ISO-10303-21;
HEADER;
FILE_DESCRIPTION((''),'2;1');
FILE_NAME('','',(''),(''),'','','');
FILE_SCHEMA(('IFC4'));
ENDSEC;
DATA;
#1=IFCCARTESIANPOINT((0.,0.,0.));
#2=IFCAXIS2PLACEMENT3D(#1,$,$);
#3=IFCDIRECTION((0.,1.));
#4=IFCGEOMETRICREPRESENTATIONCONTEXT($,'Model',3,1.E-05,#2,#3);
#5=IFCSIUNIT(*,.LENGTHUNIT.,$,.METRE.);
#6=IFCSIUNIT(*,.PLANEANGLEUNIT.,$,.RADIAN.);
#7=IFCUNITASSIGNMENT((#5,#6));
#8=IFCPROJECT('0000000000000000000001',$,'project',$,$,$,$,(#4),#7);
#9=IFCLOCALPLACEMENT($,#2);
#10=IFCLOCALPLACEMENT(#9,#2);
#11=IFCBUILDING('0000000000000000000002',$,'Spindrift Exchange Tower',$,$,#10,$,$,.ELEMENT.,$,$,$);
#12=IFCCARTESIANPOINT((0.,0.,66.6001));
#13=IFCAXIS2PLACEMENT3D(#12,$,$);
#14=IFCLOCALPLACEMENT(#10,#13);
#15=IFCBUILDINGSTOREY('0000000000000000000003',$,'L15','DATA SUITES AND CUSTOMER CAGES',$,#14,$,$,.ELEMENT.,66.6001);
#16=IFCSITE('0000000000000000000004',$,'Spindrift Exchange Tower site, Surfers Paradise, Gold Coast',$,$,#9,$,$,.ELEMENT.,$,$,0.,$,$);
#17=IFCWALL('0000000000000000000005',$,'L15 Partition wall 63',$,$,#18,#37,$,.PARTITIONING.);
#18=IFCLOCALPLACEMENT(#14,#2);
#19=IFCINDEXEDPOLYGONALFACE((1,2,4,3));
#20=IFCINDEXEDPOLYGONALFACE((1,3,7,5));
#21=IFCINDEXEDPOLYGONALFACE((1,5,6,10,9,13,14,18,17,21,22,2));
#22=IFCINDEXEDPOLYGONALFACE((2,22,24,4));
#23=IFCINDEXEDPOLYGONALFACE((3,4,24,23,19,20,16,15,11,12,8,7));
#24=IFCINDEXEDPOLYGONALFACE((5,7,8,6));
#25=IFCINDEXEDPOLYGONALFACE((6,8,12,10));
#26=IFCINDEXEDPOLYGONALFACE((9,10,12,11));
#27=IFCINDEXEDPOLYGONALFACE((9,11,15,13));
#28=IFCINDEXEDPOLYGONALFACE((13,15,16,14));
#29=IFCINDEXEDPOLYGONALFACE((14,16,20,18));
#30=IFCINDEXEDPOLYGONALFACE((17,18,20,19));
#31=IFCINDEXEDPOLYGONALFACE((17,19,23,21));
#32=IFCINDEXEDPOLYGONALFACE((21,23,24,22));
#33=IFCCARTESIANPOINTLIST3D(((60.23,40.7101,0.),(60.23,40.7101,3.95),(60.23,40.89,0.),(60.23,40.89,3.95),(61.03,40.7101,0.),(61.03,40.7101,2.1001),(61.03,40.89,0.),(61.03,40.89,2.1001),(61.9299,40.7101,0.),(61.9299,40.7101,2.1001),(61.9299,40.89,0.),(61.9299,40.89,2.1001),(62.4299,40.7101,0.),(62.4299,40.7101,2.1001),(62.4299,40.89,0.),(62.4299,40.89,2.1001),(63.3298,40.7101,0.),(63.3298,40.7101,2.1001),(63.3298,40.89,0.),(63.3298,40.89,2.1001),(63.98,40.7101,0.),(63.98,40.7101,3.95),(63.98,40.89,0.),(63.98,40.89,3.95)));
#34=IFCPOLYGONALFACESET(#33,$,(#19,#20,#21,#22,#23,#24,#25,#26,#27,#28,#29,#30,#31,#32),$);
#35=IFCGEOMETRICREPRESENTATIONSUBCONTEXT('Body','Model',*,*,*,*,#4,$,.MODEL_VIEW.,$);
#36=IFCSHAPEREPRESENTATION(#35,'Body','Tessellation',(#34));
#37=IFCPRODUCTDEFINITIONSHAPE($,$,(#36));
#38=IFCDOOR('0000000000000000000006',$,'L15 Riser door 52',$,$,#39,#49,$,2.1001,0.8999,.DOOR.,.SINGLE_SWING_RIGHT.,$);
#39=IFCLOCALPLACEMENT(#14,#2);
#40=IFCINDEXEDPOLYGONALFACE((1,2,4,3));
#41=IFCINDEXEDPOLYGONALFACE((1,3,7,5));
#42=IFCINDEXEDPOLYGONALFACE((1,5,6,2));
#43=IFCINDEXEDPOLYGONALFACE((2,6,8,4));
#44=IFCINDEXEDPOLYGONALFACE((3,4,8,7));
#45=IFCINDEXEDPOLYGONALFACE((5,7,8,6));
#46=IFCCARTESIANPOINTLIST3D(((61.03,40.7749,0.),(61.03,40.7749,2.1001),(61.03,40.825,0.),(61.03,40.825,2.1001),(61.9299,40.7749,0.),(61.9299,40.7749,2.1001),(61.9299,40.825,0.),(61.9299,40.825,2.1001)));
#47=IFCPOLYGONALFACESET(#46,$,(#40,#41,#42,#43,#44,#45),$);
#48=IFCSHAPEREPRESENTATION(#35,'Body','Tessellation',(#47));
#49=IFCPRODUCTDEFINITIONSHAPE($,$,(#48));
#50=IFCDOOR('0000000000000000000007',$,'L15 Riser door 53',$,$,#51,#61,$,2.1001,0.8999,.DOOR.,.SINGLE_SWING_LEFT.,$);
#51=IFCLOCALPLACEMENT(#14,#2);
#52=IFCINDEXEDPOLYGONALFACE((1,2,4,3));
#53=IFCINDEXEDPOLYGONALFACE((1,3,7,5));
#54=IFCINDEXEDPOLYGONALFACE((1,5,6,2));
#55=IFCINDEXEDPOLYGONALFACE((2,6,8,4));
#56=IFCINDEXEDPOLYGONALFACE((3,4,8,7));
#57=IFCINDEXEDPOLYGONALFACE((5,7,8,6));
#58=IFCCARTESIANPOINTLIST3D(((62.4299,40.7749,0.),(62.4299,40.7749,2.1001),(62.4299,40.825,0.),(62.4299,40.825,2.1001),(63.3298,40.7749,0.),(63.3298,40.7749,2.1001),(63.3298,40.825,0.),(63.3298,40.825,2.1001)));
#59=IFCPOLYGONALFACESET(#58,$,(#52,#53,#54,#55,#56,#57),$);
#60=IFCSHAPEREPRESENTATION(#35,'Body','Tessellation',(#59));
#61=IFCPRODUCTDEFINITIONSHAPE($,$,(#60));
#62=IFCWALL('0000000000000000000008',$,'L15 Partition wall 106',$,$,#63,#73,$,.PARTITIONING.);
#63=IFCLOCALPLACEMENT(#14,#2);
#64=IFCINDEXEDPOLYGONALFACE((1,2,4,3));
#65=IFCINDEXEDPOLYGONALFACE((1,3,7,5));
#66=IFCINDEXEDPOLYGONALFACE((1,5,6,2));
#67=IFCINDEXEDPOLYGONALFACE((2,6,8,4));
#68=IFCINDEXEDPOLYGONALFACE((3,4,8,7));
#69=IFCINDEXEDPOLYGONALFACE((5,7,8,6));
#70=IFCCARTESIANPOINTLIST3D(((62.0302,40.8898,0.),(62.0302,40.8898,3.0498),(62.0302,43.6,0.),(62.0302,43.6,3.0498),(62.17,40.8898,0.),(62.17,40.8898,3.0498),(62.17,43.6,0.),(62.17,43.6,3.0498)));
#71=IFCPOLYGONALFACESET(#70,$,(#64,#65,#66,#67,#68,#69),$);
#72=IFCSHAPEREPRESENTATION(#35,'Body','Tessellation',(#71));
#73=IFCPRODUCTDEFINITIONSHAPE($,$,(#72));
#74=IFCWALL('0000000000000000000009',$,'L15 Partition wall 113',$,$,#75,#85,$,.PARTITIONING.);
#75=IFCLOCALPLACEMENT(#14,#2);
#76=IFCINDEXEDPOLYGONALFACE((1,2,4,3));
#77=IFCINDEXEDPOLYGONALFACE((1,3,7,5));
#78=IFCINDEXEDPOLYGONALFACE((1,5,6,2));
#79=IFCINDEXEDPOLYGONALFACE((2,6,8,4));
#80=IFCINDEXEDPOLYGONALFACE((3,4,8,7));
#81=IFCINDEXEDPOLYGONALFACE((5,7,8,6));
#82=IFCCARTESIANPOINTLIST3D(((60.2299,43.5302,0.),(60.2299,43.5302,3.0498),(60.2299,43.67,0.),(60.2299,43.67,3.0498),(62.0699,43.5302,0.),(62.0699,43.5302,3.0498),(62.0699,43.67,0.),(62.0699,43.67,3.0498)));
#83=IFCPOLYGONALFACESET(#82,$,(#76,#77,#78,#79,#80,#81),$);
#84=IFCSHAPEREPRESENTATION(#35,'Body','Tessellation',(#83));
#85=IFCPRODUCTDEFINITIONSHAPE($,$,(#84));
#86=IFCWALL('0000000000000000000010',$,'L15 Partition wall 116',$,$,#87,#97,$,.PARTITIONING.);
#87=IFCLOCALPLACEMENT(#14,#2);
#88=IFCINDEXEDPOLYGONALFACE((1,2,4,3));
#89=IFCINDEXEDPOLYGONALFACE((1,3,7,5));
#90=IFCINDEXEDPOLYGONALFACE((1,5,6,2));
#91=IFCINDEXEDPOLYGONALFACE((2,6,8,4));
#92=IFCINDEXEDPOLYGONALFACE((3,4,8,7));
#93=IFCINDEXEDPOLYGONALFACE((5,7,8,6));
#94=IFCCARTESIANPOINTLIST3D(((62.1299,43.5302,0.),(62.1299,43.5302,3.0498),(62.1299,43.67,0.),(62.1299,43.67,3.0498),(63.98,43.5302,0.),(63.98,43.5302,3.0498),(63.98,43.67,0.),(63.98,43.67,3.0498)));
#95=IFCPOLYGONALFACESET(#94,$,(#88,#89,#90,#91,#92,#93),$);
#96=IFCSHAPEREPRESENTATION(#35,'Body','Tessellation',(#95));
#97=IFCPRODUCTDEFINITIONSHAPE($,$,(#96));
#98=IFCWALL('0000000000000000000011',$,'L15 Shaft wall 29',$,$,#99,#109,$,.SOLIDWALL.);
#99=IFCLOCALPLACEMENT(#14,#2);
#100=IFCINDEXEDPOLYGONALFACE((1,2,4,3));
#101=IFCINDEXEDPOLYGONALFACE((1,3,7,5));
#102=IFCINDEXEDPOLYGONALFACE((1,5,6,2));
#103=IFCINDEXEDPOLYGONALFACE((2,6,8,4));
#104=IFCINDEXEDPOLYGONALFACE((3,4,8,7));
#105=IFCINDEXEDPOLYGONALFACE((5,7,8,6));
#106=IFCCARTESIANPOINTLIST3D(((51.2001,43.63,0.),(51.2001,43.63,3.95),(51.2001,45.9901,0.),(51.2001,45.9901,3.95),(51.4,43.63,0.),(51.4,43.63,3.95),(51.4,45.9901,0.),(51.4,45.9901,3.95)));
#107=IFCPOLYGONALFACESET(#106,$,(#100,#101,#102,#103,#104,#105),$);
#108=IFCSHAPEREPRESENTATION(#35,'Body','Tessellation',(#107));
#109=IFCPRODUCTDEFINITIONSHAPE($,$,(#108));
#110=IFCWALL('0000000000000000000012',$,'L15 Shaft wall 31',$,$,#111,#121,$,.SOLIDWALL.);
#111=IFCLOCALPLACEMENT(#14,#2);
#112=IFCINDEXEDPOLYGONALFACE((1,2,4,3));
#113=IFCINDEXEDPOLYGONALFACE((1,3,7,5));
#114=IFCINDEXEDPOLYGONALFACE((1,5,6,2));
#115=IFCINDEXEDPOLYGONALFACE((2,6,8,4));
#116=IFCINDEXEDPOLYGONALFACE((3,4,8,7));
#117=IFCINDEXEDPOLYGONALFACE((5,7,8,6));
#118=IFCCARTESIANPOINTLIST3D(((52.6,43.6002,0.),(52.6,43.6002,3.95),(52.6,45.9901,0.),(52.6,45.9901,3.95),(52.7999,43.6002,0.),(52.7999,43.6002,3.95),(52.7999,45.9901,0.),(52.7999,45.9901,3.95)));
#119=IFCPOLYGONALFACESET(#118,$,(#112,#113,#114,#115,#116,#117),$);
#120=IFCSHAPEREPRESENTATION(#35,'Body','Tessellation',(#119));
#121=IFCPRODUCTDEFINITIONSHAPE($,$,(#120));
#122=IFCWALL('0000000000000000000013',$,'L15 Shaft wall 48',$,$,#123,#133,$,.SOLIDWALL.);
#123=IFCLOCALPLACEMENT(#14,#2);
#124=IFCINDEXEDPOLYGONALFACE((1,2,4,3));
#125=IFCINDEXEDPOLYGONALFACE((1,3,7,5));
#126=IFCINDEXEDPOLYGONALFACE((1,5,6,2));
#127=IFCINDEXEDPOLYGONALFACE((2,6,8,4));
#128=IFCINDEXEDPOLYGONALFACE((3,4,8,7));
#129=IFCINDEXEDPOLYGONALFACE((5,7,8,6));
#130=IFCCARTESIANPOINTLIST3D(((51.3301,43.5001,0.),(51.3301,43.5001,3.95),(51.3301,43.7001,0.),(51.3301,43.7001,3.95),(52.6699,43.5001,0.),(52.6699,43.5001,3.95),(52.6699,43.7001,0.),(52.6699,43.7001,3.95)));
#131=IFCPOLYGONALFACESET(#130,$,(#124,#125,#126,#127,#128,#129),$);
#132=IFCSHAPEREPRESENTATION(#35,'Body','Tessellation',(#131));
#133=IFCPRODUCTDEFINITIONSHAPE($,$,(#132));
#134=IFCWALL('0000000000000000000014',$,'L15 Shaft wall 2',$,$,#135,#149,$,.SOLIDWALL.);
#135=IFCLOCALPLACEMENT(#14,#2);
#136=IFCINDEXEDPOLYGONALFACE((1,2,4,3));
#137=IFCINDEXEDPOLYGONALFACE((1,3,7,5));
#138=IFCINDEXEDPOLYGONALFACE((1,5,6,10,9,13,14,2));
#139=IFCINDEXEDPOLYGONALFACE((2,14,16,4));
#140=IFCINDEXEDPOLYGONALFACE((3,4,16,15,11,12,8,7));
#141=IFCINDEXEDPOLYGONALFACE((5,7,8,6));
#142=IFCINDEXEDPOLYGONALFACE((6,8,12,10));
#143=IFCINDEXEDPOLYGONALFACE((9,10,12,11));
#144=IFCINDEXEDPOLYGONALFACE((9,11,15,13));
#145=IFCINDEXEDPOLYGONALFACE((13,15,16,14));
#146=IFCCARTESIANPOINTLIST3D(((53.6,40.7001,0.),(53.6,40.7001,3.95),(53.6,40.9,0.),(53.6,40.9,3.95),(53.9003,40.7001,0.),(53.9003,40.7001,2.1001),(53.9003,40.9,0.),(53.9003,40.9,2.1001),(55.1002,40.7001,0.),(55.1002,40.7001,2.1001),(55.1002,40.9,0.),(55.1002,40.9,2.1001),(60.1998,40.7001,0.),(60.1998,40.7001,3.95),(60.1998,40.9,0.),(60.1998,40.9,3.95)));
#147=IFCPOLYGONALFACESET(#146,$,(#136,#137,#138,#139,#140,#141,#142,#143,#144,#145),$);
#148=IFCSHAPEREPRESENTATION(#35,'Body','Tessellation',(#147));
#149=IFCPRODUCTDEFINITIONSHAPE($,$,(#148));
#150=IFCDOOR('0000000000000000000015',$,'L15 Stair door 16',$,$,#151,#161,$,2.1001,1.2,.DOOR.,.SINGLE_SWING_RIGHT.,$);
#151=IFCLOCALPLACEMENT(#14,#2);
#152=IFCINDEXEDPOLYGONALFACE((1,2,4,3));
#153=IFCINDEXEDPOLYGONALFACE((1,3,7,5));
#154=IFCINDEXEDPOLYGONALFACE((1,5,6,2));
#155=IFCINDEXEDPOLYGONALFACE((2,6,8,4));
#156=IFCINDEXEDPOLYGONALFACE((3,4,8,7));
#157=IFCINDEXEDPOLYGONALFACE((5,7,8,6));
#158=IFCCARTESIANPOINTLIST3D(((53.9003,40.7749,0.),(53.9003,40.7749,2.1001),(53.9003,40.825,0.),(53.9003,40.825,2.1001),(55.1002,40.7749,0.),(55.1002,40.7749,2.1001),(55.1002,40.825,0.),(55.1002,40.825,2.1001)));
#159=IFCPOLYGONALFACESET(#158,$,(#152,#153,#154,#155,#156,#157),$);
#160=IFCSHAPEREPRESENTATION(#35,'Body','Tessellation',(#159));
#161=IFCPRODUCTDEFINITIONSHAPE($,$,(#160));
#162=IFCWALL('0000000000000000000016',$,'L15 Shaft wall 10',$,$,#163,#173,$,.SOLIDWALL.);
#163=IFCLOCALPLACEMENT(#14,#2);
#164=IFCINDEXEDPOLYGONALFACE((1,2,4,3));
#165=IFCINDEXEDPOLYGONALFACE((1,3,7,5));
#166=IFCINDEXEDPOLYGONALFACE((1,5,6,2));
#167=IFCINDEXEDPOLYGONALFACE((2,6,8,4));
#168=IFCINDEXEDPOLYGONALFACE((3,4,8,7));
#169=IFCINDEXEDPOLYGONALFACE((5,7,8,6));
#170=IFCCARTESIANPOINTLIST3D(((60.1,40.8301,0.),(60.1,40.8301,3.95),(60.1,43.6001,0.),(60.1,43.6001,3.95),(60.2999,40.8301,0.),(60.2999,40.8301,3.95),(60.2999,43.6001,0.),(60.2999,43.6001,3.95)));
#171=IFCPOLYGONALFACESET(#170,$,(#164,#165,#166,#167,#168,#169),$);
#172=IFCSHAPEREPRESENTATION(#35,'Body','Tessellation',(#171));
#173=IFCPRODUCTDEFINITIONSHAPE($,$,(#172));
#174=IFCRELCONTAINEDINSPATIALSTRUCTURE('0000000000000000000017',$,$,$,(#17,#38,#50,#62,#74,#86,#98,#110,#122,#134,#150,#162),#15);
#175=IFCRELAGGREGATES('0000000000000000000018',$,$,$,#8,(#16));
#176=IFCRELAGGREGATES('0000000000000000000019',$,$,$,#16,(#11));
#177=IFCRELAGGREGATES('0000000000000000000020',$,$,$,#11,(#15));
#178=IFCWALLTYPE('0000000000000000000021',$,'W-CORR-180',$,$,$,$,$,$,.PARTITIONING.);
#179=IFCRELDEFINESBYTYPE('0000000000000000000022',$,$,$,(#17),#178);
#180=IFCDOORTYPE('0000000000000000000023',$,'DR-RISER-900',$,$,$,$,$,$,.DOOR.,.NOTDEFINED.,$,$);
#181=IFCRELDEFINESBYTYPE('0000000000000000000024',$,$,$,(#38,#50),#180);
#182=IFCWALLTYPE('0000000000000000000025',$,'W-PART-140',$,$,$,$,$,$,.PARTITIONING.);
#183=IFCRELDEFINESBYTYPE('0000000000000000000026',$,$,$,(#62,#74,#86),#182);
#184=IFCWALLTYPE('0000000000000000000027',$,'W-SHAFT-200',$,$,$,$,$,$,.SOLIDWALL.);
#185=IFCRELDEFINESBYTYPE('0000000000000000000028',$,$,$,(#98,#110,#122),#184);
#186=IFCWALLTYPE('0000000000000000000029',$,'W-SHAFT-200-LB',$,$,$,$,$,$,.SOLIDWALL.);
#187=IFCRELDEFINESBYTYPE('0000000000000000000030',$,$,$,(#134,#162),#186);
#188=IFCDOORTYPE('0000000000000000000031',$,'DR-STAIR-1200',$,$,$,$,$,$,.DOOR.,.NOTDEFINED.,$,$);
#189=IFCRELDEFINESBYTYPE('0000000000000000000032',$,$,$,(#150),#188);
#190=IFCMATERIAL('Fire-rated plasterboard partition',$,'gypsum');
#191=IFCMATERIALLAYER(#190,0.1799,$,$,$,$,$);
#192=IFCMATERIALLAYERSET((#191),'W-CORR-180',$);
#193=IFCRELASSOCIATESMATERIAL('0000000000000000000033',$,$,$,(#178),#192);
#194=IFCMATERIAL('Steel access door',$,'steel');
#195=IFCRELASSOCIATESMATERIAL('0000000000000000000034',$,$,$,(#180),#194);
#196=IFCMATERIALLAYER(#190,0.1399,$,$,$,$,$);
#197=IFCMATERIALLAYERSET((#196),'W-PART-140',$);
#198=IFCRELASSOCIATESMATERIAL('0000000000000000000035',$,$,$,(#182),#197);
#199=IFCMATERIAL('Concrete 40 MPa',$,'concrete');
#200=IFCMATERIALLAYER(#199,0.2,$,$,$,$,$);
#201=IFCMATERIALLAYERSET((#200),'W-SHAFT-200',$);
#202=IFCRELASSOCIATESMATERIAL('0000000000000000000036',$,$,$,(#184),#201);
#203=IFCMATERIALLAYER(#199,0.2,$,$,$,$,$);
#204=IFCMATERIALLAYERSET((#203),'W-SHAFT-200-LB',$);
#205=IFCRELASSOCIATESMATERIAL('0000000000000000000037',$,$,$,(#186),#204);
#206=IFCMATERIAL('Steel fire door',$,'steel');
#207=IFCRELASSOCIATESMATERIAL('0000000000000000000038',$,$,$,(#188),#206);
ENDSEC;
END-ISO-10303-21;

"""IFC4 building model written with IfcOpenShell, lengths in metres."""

from ifc_helpers import new_model, si_unit, direction, frame, frame_2d, origin, place, context, subcontext, project, spatial, rectangle, extrude, source, transform, mapped, material, layer, layer_set, type_object, element, fill, save


model = new_model("IFC4")

# Units and contexts
model_context = context("Model", 3, precision=1e-05, world=origin(), true_north=direction((0.0, 1.0)))
body_context = subcontext(model_context, "Body", "Model", "MODEL_VIEW")
ifc_project = project(units=[si_unit("LENGTHUNIT", "METRE"), si_unit("PLANEANGLEUNIT", "RADIAN")], contexts=[model_context])

# Site, building, storey
site_placement = place(None, origin())
site = spatial("IfcSite", under=ifc_project, at=site_placement, Name="Spindrift Exchange Tower site, Surfers Paradise, Gold Coast", CompositionType="ELEMENT", RefElevation=0.0)
building_placement = place(site_placement, origin())
building = spatial("IfcBuilding", under=site, at=building_placement, Name="Spindrift Exchange Tower", CompositionType="ELEMENT")
storey_placement = place(building_placement, frame((0.0, 0.0, 66.6001)))
storey = spatial("IfcBuildingStorey", under=building, at=storey_placement, Name="L15", Description="DATA SUITES AND CUSTOMER CAGES", CompositionType="ELEMENT", Elevation=66.6001)

# Wall, openings, doors
ifc_material_1 = material(Name="Fire-rated plasterboard partition", Category="gypsum")
ifc_layer_1 = layer(ifc_material_1, 0.1799)
ifc_layer_set_1 = layer_set([ifc_layer_1], Name="W-CORR-180")
wall_type_1 = type_object("IfcWallType", Name="W-CORR-180", PredefinedType="PARTITIONING", material=ifc_layer_set_1)
wall_1_placement = place(storey_placement, frame((60.23, 40.8, 0.0), z_axis=(0.0, 0.0, 1.0), x_axis=(1.0, 0.0, 0.0)))
wall_1 = element("IfcWall", 1, at=wall_1_placement, inside=storey, type_object=wall_type_1, Name="L15 Partition wall 63", PredefinedType="PARTITIONING", context=body_context, shape_type="SweptSolid", body=[
    extrude(rectangle(XDim=3.75, YDim=0.1799, at=frame_2d((1.875, 0.0))), origin(), (0.0, 0.0, 1.0), 3.95),
])
opening_1_placement = place(wall_1_placement, frame((0.8, 0.0, 0.0)))
opening_1 = element("IfcOpeningElement", 2, at=opening_1_placement, cuts=wall_1, PredefinedType="OPENING", context=body_context, shape_type="SweptSolid", body=[
    extrude(rectangle(XDim=0.8999, YDim=2.1001, at=frame_2d((0.45, 1.05))), frame((0.0, 0.0999, 0.0), z_axis=(0.0, -1.0, 0.0), x_axis=(1.0, 0.0, 0.0)), (0.0, 0.0, 1.0), 0.2),
])
opening_2_placement = place(wall_1_placement, frame((2.2, 0.0, 0.0)))
opening_2 = element("IfcOpeningElement", 3, at=opening_2_placement, cuts=wall_1, PredefinedType="OPENING", context=body_context, shape_type="SweptSolid", body=[
    extrude(rectangle(XDim=0.8999, YDim=2.1001, at=frame_2d((0.45, 1.05))), frame((0.0, 0.0999, 0.0), z_axis=(0.0, -1.0, 0.0), x_axis=(1.0, 0.0, 0.0)), (0.0, 0.0, 1.0), 0.2),
])
ifc_material_2 = material(Name="Steel access door", Category="steel")
door_type_1 = type_object("IfcDoorType", Name="DR-RISER-900", OperationType="NOTDEFINED", PredefinedType="DOOR", material=ifc_material_2)
shared_shape_1 = source(origin(), body_context, "Body", "SweptSolid", [
    extrude(rectangle(XDim=0.8999, YDim=2.1001, at=frame_2d((0.45, 1.05))), frame((0.0, 0.0249, 0.0), z_axis=(0.0, -1.0, 0.0), x_axis=(1.0, 0.0, 0.0)), (0.0, 0.0, 1.0), 0.05),
])
door_1_placement = place(opening_1_placement, origin())
door_1 = element("IfcDoor", 4, at=door_1_placement, inside=storey, type_object=door_type_1, Name="L15 Riser door 52", OperationType="SINGLE_SWING_RIGHT", OverallHeight=2.1001, OverallWidth=0.8999, PredefinedType="DOOR", context=body_context, shape_type="MappedRepresentation", body=[
    mapped(shared_shape_1, transform((0.0, 0.0, 0.0), scale=1.0)),
])
fill(opening_1, door_1)
door_2_placement = place(opening_2_placement, origin())
door_2 = element("IfcDoor", 5, at=door_2_placement, inside=storey, type_object=door_type_1, Name="L15 Riser door 53", OperationType="SINGLE_SWING_LEFT", OverallHeight=2.1001, OverallWidth=0.8999, PredefinedType="DOOR", context=body_context, shape_type="MappedRepresentation", body=[
    mapped(shared_shape_1, transform((0.0, 0.0, 0.0), scale=1.0)),
])
fill(opening_2, door_2)

# Walls
ifc_layer_2 = layer(ifc_material_1, 0.1399)
ifc_layer_set_2 = layer_set([ifc_layer_2], Name="W-PART-140")
wall_type_2 = type_object("IfcWallType", Name="W-PART-140", PredefinedType="PARTITIONING", material=ifc_layer_set_2)
wall_2_placement = place(storey_placement, frame((62.1001, 40.8899, 0.0), z_axis=(0.0, 0.0, 1.0), x_axis=(0.0, 1.0, 0.0)))
element("IfcWall", 6, at=wall_2_placement, inside=storey, type_object=wall_type_2, Name="L15 Partition wall 106", PredefinedType="PARTITIONING", context=body_context, shape_type="SweptSolid", body=[
    extrude(rectangle(XDim=2.7102, YDim=0.1399, at=frame_2d((1.355, 0.0))), origin(), (0.0, 0.0, 1.0), 3.0498),
])
wall_3_placement = place(storey_placement, frame((60.23, 43.6001, 0.0), z_axis=(0.0, 0.0, 1.0), x_axis=(1.0, 0.0, 0.0)))
element("IfcWall", 7, at=wall_3_placement, inside=storey, type_object=wall_type_2, Name="L15 Partition wall 113", PredefinedType="PARTITIONING", context=body_context, shape_type="SweptSolid", body=[
    extrude(rectangle(XDim=1.8401, YDim=0.1399, at=frame_2d((0.9199, 0.0))), origin(), (0.0, 0.0, 1.0), 3.0498),
])
wall_4_placement = place(storey_placement, frame((62.1299, 43.6001, 0.0), z_axis=(0.0, 0.0, 1.0), x_axis=(1.0, 0.0, 0.0)))
element("IfcWall", 8, at=wall_4_placement, inside=storey, type_object=wall_type_2, Name="L15 Partition wall 116", PredefinedType="PARTITIONING", context=body_context, shape_type="SweptSolid", body=[
    extrude(rectangle(XDim=1.8501, YDim=0.1399, at=frame_2d((0.925, 0.0))), origin(), (0.0, 0.0, 1.0), 3.0498),
])
ifc_material_3 = material(Name="Concrete 40 MPa", Category="concrete")
ifc_layer_3 = layer(ifc_material_3, 0.2)
ifc_layer_set_3 = layer_set([ifc_layer_3], Name="W-SHAFT-200")
wall_type_3 = type_object("IfcWallType", Name="W-SHAFT-200", PredefinedType="SOLIDWALL", material=ifc_layer_set_3)
wall_5_placement = place(storey_placement, frame((51.3, 43.6299, 0.0), z_axis=(0.0, 0.0, 1.0), x_axis=(0.0, 1.0, 0.0)))
element("IfcWall", 9, at=wall_5_placement, inside=storey, type_object=wall_type_3, Name="L15 Shaft wall 29", PredefinedType="SOLIDWALL", context=body_context, shape_type="SweptSolid", body=[
    extrude(rectangle(XDim=2.3601, YDim=0.2, at=frame_2d((1.1802, 0.0))), origin(), (0.0, 0.0, 1.0), 3.95),
])
wall_6_placement = place(storey_placement, frame((52.7, 45.99, 0.0), z_axis=(0.0, 0.0, 1.0), x_axis=(0.0, -1.0, 0.0)))
element("IfcWall", 10, at=wall_6_placement, inside=storey, type_object=wall_type_3, Name="L15 Shaft wall 31", PredefinedType="SOLIDWALL", context=body_context, shape_type="SweptSolid", body=[
    extrude(rectangle(XDim=2.3899, YDim=0.2, at=frame_2d((1.1948, 0.0))), origin(), (0.0, 0.0, 1.0), 3.95),
])
wall_7_placement = place(storey_placement, frame((52.6699, 43.6001, 0.0), z_axis=(0.0, 0.0, 1.0), x_axis=(-1.0, 0.0, 0.0)))
element("IfcWall", 11, at=wall_7_placement, inside=storey, type_object=wall_type_3, Name="L15 Shaft wall 48", PredefinedType="SOLIDWALL", context=body_context, shape_type="SweptSolid", body=[
    extrude(rectangle(XDim=1.3398, YDim=0.2, at=frame_2d((0.6699, 0.0))), origin(), (0.0, 0.0, 1.0), 3.95),
])

# Wall, opening, door
ifc_layer_4 = layer(ifc_material_3, 0.2)
ifc_layer_set_4 = layer_set([ifc_layer_4], Name="W-SHAFT-200-LB")
wall_type_4 = type_object("IfcWallType", Name="W-SHAFT-200-LB", PredefinedType="SOLIDWALL", material=ifc_layer_set_4)
wall_8_placement = place(storey_placement, frame((53.6001, 40.8, 0.0), z_axis=(0.0, 0.0, 1.0), x_axis=(1.0, 0.0, 0.0)))
wall_8 = element("IfcWall", 12, at=wall_8_placement, inside=storey, type_object=wall_type_4, Name="L15 Shaft wall 2", PredefinedType="SOLIDWALL", context=body_context, shape_type="SweptSolid", body=[
    extrude(rectangle(XDim=6.5999, YDim=0.2, at=frame_2d((3.2998, 0.0))), origin(), (0.0, 0.0, 1.0), 3.95),
])
opening_3_placement = place(wall_8_placement, frame((0.3, 0.0, 0.0)))
opening_3 = element("IfcOpeningElement", 13, at=opening_3_placement, cuts=wall_8, PredefinedType="OPENING", context=body_context, shape_type="SweptSolid", body=[
    extrude(rectangle(XDim=1.2, YDim=2.1001, at=frame_2d((0.6001, 1.05))), frame((0.0, 0.1099, 0.0), z_axis=(0.0, -1.0, 0.0), x_axis=(1.0, 0.0, 0.0)), (0.0, 0.0, 1.0), 0.22),
])
ifc_material_4 = material(Name="Steel fire door", Category="steel")
door_type_2 = type_object("IfcDoorType", Name="DR-STAIR-1200", OperationType="NOTDEFINED", PredefinedType="DOOR", material=ifc_material_4)
shared_shape_2 = source(origin(), body_context, "Body", "SweptSolid", [
    extrude(rectangle(XDim=1.2, YDim=2.1001, at=frame_2d((0.6001, 1.05))), frame((0.0, 0.0249, 0.0), z_axis=(0.0, -1.0, 0.0), x_axis=(1.0, 0.0, 0.0)), (0.0, 0.0, 1.0), 0.05),
])
door_3_placement = place(opening_3_placement, origin())
door_3 = element("IfcDoor", 14, at=door_3_placement, inside=storey, type_object=door_type_2, Name="L15 Stair door 16", OperationType="SINGLE_SWING_RIGHT", OverallHeight=2.1001, OverallWidth=1.2, PredefinedType="DOOR", context=body_context, shape_type="MappedRepresentation", body=[
    mapped(shared_shape_2, transform((0.0, 0.0, 0.0), scale=1.0)),
])
fill(opening_3, door_3)

# Wall
wall_9_placement = place(storey_placement, frame((60.2, 40.8301, 0.0), z_axis=(0.0, 0.0, 1.0), x_axis=(0.0, 1.0, 0.0)))
element("IfcWall", 15, at=wall_9_placement, inside=storey, type_object=wall_type_4, Name="L15 Shaft wall 10", PredefinedType="SOLIDWALL", context=body_context, shape_type="SweptSolid", body=[
    extrude(rectangle(XDim=2.77, YDim=0.2, at=frame_2d((1.385, 0.0))), origin(), (0.0, 0.0, 1.0), 3.95),
])

save(model, "model.ifc")
